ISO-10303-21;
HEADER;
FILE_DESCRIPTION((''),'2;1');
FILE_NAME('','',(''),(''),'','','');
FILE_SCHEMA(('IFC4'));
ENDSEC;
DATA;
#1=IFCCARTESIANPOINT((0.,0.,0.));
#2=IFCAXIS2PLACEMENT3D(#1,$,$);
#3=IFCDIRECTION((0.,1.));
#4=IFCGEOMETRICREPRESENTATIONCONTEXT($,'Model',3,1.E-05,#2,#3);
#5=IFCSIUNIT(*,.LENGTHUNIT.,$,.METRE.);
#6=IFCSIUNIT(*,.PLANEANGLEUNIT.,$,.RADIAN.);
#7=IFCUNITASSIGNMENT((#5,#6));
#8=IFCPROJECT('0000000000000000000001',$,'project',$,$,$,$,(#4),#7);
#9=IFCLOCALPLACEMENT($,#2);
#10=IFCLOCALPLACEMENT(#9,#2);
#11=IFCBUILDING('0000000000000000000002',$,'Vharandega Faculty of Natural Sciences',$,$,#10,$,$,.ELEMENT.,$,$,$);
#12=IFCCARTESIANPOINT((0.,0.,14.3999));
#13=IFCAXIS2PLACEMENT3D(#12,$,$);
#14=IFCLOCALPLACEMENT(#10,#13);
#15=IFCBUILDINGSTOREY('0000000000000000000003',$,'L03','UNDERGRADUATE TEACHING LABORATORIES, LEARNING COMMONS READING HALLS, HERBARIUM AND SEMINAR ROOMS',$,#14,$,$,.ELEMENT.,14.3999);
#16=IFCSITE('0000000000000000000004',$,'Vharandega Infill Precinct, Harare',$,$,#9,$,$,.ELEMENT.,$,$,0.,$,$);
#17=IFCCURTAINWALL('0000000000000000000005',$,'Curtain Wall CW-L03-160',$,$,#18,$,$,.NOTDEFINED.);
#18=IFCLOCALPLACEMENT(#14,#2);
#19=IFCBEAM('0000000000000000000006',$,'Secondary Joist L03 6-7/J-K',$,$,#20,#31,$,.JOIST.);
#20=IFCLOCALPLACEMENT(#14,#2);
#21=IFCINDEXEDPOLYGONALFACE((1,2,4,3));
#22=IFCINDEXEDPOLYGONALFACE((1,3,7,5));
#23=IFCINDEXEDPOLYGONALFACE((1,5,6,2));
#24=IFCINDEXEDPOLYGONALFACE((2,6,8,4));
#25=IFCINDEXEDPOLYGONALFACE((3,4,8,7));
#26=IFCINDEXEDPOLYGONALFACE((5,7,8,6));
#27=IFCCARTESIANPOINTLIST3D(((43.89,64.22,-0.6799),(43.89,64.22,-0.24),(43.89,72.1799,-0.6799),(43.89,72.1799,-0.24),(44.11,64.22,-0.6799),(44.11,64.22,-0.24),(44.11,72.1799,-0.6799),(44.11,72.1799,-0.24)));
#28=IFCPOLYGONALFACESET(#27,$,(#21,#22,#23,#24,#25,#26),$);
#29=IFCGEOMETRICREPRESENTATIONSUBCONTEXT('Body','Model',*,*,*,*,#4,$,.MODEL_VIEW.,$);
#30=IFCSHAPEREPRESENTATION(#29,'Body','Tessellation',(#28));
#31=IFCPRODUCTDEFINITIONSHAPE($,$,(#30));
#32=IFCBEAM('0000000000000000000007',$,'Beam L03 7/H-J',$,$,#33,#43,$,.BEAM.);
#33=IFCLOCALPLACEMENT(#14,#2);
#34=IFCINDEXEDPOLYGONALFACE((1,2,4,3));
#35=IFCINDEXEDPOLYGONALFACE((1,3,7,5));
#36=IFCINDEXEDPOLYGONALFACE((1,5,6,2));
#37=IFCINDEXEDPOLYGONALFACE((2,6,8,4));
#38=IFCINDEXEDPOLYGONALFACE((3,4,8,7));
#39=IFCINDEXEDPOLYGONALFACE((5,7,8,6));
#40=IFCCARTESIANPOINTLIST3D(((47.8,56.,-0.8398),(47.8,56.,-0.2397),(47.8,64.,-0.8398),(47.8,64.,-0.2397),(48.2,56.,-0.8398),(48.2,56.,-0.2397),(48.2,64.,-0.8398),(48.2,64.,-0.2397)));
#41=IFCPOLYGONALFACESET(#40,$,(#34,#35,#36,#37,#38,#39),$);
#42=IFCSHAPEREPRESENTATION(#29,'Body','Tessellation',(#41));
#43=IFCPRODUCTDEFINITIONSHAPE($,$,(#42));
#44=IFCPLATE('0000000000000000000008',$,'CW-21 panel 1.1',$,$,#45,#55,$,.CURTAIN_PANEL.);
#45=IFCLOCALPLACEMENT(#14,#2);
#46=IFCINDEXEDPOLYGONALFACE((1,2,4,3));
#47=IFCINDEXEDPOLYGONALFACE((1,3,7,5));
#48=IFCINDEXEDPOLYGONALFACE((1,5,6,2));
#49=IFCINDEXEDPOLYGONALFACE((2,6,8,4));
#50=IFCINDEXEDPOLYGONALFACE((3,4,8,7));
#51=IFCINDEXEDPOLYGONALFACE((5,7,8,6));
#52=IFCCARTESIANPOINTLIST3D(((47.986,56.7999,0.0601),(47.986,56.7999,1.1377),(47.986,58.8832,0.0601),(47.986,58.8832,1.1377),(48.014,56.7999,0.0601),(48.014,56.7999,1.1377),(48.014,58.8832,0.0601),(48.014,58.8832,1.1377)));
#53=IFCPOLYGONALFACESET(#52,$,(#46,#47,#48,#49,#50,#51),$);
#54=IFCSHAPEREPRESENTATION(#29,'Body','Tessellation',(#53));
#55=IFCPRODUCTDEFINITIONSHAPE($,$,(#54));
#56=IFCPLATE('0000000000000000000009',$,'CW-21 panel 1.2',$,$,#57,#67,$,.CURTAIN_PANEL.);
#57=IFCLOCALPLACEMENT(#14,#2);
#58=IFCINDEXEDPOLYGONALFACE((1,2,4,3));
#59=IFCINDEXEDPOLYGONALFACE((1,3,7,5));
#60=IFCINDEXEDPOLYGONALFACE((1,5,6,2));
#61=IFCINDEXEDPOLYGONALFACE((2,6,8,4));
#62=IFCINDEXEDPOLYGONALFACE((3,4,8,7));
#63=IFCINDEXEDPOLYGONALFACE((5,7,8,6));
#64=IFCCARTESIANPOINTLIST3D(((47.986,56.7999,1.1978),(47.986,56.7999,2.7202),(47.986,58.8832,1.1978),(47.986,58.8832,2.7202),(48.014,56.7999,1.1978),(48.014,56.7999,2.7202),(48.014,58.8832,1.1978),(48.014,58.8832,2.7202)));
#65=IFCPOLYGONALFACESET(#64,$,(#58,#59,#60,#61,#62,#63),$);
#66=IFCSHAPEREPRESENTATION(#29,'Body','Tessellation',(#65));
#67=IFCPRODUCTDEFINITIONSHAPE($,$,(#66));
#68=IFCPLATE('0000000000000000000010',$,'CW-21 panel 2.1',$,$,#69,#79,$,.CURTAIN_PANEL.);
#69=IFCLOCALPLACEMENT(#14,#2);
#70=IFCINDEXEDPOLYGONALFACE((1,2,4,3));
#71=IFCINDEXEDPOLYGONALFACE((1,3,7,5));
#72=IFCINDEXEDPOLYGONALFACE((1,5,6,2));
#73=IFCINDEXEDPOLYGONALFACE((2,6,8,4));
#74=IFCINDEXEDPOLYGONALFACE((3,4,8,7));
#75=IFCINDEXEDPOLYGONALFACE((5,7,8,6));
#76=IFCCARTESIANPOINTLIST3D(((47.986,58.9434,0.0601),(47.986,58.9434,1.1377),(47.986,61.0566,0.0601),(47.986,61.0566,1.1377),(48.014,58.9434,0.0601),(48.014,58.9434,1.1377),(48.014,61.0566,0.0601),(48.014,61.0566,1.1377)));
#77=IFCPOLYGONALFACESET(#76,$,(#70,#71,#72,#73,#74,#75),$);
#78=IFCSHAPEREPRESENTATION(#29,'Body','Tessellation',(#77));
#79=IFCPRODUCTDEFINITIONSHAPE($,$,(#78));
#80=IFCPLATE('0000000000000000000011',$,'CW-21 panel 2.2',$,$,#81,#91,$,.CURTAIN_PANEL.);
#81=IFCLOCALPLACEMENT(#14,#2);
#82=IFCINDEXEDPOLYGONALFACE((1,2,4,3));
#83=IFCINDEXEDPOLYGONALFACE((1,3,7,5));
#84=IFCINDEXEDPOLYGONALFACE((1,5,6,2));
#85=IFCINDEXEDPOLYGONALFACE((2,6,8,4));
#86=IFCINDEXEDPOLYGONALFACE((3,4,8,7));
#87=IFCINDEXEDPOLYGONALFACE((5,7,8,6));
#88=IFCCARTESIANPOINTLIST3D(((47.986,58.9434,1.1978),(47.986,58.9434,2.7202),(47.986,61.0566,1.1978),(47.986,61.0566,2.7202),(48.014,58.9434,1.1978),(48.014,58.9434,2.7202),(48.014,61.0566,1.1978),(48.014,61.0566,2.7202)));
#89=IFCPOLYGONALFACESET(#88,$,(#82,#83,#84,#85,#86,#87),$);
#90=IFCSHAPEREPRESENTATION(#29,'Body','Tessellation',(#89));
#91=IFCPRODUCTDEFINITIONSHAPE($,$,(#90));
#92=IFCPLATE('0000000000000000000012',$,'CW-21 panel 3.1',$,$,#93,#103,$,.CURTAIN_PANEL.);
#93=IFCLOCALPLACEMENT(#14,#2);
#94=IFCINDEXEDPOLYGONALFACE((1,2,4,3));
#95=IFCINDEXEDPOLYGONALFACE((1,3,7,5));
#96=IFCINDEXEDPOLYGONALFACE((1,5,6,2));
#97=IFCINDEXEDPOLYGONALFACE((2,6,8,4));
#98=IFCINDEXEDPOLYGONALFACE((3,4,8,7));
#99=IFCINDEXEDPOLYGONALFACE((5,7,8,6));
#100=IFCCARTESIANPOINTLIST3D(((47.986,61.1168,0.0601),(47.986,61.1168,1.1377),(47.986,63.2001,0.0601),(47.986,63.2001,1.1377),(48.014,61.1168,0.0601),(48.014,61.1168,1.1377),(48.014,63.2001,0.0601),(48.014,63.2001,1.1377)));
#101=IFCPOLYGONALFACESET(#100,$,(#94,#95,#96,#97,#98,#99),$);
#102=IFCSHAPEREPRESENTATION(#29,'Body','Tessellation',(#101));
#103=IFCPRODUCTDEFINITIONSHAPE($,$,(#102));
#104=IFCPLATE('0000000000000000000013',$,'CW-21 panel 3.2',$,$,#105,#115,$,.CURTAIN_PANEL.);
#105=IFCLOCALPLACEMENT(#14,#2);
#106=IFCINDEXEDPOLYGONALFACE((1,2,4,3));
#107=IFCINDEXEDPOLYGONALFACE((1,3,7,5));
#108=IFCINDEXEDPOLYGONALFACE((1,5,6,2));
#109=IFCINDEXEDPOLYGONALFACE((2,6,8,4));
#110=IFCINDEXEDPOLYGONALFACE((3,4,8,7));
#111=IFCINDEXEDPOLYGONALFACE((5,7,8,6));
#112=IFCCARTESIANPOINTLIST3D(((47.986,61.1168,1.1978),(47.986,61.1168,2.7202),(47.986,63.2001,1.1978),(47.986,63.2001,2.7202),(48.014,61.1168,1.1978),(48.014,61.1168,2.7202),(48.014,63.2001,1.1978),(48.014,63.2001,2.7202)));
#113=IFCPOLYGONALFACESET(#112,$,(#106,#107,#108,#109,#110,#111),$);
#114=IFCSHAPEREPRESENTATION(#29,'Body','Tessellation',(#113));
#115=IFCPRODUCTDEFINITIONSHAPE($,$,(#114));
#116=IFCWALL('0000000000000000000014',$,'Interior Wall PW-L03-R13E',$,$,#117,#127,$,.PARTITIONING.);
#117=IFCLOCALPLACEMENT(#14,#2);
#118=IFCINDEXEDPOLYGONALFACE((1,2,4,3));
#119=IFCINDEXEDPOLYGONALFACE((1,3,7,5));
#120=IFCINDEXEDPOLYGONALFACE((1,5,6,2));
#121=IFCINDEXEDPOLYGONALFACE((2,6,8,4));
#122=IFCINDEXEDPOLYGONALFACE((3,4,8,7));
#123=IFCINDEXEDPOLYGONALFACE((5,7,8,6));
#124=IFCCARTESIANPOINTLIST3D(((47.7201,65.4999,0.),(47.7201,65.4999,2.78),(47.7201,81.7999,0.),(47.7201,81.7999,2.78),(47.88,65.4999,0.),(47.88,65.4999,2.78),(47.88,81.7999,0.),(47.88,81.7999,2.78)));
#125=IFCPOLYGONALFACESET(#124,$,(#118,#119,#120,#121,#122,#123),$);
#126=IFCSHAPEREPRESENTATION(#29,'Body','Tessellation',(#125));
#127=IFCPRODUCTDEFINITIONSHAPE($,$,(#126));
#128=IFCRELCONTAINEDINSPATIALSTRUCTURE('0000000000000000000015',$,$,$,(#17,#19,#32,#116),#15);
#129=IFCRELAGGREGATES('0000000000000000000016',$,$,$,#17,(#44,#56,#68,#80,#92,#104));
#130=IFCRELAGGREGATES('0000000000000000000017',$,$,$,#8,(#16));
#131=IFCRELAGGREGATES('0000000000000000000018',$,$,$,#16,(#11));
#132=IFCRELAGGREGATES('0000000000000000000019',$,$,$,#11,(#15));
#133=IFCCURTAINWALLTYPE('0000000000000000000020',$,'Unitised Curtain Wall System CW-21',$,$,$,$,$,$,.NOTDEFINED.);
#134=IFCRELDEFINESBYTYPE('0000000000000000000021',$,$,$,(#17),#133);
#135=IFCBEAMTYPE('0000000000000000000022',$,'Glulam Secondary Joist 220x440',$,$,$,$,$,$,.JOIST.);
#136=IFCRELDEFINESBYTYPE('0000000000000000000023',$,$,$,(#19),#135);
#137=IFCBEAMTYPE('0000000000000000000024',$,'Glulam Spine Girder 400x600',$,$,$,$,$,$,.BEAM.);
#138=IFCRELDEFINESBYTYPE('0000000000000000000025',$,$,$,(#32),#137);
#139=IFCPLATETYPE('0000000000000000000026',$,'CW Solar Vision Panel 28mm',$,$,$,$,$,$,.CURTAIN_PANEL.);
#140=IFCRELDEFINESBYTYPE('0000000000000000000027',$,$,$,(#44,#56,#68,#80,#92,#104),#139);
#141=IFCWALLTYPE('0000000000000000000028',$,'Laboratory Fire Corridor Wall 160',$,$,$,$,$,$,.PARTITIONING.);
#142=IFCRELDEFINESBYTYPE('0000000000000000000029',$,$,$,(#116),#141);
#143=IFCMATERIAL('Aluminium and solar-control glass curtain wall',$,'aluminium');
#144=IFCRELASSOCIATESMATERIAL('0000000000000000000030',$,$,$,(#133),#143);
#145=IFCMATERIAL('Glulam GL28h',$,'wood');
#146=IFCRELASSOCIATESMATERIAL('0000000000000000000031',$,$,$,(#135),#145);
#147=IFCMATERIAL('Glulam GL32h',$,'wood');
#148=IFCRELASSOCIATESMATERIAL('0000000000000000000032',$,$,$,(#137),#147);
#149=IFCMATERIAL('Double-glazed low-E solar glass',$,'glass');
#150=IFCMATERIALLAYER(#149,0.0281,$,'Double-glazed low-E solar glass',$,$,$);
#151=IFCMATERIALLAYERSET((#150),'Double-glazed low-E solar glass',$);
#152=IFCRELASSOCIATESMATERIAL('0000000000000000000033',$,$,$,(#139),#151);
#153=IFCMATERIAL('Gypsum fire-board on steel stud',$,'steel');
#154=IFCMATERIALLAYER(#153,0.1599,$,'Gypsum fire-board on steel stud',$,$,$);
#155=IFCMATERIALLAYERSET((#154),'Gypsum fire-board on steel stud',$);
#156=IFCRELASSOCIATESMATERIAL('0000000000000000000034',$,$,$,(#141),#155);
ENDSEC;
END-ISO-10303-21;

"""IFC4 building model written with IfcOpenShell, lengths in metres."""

from ifc_helpers import new_model, si_unit, direction, frame, frame_2d, origin, origin_2d, place, context, subcontext, project, spatial, rectangle, extrude, material, layer, layer_set, material_profile, profile_set, type_object, element, aggregate, save


model = new_model("IFC4")

# Units and contexts
model_context = context("Model", 3, precision=1e-05, world=origin(), true_north=direction((0.0, 1.0)))
body_context = subcontext(model_context, "Body", "Model", "MODEL_VIEW")
ifc_project = project(units=[si_unit("LENGTHUNIT", "METRE"), si_unit("PLANEANGLEUNIT", "RADIAN")], contexts=[model_context])

# Site, building, storey
site_placement = place(None, origin())
site = spatial("IfcSite", under=ifc_project, at=site_placement, Name="Vharandega Infill Precinct, Harare", CompositionType="ELEMENT", RefElevation=0.0)
building_placement = place(site_placement, origin())
building = spatial("IfcBuilding", under=site, at=building_placement, Name="Vharandega Faculty of Natural Sciences", CompositionType="ELEMENT")
storey_placement = place(building_placement, frame((0.0, 0.0, 14.3999)))
storey = spatial("IfcBuildingStorey", under=building, at=storey_placement, Name="L03", Description="UNDERGRADUATE TEACHING LABORATORIES, LEARNING COMMONS READING HALLS, HERBARIUM AND SEMINAR ROOMS", CompositionType="ELEMENT", Elevation=14.3999)

# Curtain wall
ifc_material_1 = material(Name="Aluminium and solar-control glass curtain wall", Category="aluminium")
curtain_wall_type = type_object("IfcCurtainWallType", Name="Unitised Curtain Wall System CW-21", PredefinedType="NOTDEFINED", material=ifc_material_1)
curtain_wall_placement = place(storey_placement, origin())
curtain_wall = element("IfcCurtainWall", 1, at=curtain_wall_placement, inside=storey, type_object=curtain_wall_type, Name="Curtain Wall CW-L03-160", PredefinedType="NOTDEFINED")

# Beams
ifc_material_2 = material(Name="Glulam GL28h", Category="wood")
ifc_material_profile_1 = material_profile(ifc_material_2, rectangle(XDim=0.22, YDim=0.4399, at=origin_2d()), Name="GL28h 220x440")
ifc_profile_set_1 = profile_set([ifc_material_profile_1], Name="Glulam GL28h")
beam_type_1 = type_object("IfcBeamType", Name="Glulam Secondary Joist 220x440", PredefinedType="JOIST", material=ifc_profile_set_1)
beam_1_placement = place(storey_placement, frame((44.0, 64.22, -0.46), z_axis=(0.0, 1.0, 0.0), x_axis=(-1.0, 0.0, 0.0)))
element("IfcBeam", 2, at=beam_1_placement, inside=storey, type_object=beam_type_1, Name="Secondary Joist L03 6-7/J-K", PredefinedType="JOIST", context=body_context, shape_type="SweptSolid", body=[
    extrude(rectangle(XDim=0.22, YDim=0.4399, at=origin_2d()), origin(), (0.0, 0.0, 1.0), 7.96),
])
ifc_material_3 = material(Name="Glulam GL32h", Category="wood")
ifc_material_profile_2 = material_profile(ifc_material_3, rectangle(XDim=0.3999, YDim=0.6001, at=origin_2d()), Name="GL32h 400x600")
ifc_profile_set_2 = profile_set([ifc_material_profile_2], Name="Glulam GL32h")
beam_type_2 = type_object("IfcBeamType", Name="Glulam Spine Girder 400x600", PredefinedType="BEAM", material=ifc_profile_set_2)
beam_2_placement = place(storey_placement, frame((48.0, 56.0, -0.5398), z_axis=(0.0, 1.0, 0.0), x_axis=(-1.0, 0.0, 0.0)))
element("IfcBeam", 3, at=beam_2_placement, inside=storey, type_object=beam_type_2, Name="Beam L03 7/H-J", PredefinedType="BEAM", context=body_context, shape_type="SweptSolid", body=[
    extrude(rectangle(XDim=0.3999, YDim=0.6001, at=origin_2d()), origin(), (0.0, 0.0, 1.0), 8.0),
])

# Plates
ifc_material_4 = material(Name="Double-glazed low-E solar glass", Category="glass")
ifc_layer_1 = layer(ifc_material_4, 0.0281, Name="Double-glazed low-E solar glass")
ifc_layer_set_1 = layer_set([ifc_layer_1], Name="Double-glazed low-E solar glass")
plate_type = type_object("IfcPlateType", Name="CW Solar Vision Panel 28mm", PredefinedType="CURTAIN_PANEL", material=ifc_layer_set_1)
plate_1_placement = place(storey_placement, frame((48.0, 57.8416, 0.0601), z_axis=(0.0, 0.0, 1.0), x_axis=(0.0, 1.0, 0.0)))
plate_1 = element("IfcPlate", 4, at=plate_1_placement, type_object=plate_type, Name="CW-21 panel 1.1", PredefinedType="CURTAIN_PANEL", context=body_context, shape_type="SweptSolid", body=[
    extrude(rectangle(XDim=2.0833, YDim=0.0281, at=origin_2d()), origin(), (0.0, 0.0, 1.0), 1.0776),
])
plate_2_placement = place(storey_placement, frame((48.0, 57.8416, 1.1978), z_axis=(0.0, 0.0, 1.0), x_axis=(0.0, 1.0, 0.0)))
plate_2 = element("IfcPlate", 5, at=plate_2_placement, type_object=plate_type, Name="CW-21 panel 1.2", PredefinedType="CURTAIN_PANEL", context=body_context, shape_type="SweptSolid", body=[
    extrude(rectangle(XDim=2.0833, YDim=0.0281, at=origin_2d()), origin(), (0.0, 0.0, 1.0), 1.5225),
])
plate_3_placement = place(storey_placement, frame((48.0, 60.0, 0.0601), z_axis=(0.0, 0.0, 1.0), x_axis=(0.0, 1.0, 0.0)))
plate_3 = element("IfcPlate", 6, at=plate_3_placement, type_object=plate_type, Name="CW-21 panel 2.1", PredefinedType="CURTAIN_PANEL", context=body_context, shape_type="SweptSolid", body=[
    extrude(rectangle(XDim=2.1133, YDim=0.0281, at=origin_2d()), origin(), (0.0, 0.0, 1.0), 1.0776),
])
plate_4_placement = place(storey_placement, frame((48.0, 60.0, 1.1978), z_axis=(0.0, 0.0, 1.0), x_axis=(0.0, 1.0, 0.0)))
plate_4 = element("IfcPlate", 7, at=plate_4_placement, type_object=plate_type, Name="CW-21 panel 2.2", PredefinedType="CURTAIN_PANEL", context=body_context, shape_type="SweptSolid", body=[
    extrude(rectangle(XDim=2.1133, YDim=0.0281, at=origin_2d()), origin(), (0.0, 0.0, 1.0), 1.5225),
])
plate_5_placement = place(storey_placement, frame((48.0, 62.1584, 0.0601), z_axis=(0.0, 0.0, 1.0), x_axis=(0.0, 1.0, 0.0)))
plate_5 = element("IfcPlate", 8, at=plate_5_placement, type_object=plate_type, Name="CW-21 panel 3.1", PredefinedType="CURTAIN_PANEL", context=body_context, shape_type="SweptSolid", body=[
    extrude(rectangle(XDim=2.0833, YDim=0.0281, at=origin_2d()), origin(), (0.0, 0.0, 1.0), 1.0776),
])
plate_6_placement = place(storey_placement, frame((48.0, 62.1584, 1.1978), z_axis=(0.0, 0.0, 1.0), x_axis=(0.0, 1.0, 0.0)))
plate_6 = element("IfcPlate", 9, at=plate_6_placement, type_object=plate_type, Name="CW-21 panel 3.2", PredefinedType="CURTAIN_PANEL", context=body_context, shape_type="SweptSolid", body=[
    extrude(rectangle(XDim=2.0833, YDim=0.0281, at=origin_2d()), origin(), (0.0, 0.0, 1.0), 1.5225),
])
aggregate(curtain_wall, [plate_1, plate_2, plate_3, plate_4, plate_5, plate_6])

# Wall
ifc_material_5 = material(Name="Gypsum fire-board on steel stud", Category="steel")
ifc_layer_2 = layer(ifc_material_5, 0.1599, Name="Gypsum fire-board on steel stud")
ifc_layer_set_2 = layer_set([ifc_layer_2], Name="Gypsum fire-board on steel stud")
wall_type = type_object("IfcWallType", Name="Laboratory Fire Corridor Wall 160", PredefinedType="PARTITIONING", material=ifc_layer_set_2)
wall_placement = place(storey_placement, frame((47.8, 65.5, 0.0), z_axis=(0.0, 0.0, 1.0), x_axis=(0.0, 1.0, 0.0)))
element("IfcWall", 10, at=wall_placement, inside=storey, type_object=wall_type, Name="Interior Wall PW-L03-R13E", PredefinedType="PARTITIONING", context=body_context, shape_type="SweptSolid", body=[
    extrude(rectangle(XDim=16.3, YDim=0.1599, at=frame_2d((8.1499, 0.0))), origin(), (0.0, 0.0, 1.0), 2.78),
])

save(model, "model.ifc")
